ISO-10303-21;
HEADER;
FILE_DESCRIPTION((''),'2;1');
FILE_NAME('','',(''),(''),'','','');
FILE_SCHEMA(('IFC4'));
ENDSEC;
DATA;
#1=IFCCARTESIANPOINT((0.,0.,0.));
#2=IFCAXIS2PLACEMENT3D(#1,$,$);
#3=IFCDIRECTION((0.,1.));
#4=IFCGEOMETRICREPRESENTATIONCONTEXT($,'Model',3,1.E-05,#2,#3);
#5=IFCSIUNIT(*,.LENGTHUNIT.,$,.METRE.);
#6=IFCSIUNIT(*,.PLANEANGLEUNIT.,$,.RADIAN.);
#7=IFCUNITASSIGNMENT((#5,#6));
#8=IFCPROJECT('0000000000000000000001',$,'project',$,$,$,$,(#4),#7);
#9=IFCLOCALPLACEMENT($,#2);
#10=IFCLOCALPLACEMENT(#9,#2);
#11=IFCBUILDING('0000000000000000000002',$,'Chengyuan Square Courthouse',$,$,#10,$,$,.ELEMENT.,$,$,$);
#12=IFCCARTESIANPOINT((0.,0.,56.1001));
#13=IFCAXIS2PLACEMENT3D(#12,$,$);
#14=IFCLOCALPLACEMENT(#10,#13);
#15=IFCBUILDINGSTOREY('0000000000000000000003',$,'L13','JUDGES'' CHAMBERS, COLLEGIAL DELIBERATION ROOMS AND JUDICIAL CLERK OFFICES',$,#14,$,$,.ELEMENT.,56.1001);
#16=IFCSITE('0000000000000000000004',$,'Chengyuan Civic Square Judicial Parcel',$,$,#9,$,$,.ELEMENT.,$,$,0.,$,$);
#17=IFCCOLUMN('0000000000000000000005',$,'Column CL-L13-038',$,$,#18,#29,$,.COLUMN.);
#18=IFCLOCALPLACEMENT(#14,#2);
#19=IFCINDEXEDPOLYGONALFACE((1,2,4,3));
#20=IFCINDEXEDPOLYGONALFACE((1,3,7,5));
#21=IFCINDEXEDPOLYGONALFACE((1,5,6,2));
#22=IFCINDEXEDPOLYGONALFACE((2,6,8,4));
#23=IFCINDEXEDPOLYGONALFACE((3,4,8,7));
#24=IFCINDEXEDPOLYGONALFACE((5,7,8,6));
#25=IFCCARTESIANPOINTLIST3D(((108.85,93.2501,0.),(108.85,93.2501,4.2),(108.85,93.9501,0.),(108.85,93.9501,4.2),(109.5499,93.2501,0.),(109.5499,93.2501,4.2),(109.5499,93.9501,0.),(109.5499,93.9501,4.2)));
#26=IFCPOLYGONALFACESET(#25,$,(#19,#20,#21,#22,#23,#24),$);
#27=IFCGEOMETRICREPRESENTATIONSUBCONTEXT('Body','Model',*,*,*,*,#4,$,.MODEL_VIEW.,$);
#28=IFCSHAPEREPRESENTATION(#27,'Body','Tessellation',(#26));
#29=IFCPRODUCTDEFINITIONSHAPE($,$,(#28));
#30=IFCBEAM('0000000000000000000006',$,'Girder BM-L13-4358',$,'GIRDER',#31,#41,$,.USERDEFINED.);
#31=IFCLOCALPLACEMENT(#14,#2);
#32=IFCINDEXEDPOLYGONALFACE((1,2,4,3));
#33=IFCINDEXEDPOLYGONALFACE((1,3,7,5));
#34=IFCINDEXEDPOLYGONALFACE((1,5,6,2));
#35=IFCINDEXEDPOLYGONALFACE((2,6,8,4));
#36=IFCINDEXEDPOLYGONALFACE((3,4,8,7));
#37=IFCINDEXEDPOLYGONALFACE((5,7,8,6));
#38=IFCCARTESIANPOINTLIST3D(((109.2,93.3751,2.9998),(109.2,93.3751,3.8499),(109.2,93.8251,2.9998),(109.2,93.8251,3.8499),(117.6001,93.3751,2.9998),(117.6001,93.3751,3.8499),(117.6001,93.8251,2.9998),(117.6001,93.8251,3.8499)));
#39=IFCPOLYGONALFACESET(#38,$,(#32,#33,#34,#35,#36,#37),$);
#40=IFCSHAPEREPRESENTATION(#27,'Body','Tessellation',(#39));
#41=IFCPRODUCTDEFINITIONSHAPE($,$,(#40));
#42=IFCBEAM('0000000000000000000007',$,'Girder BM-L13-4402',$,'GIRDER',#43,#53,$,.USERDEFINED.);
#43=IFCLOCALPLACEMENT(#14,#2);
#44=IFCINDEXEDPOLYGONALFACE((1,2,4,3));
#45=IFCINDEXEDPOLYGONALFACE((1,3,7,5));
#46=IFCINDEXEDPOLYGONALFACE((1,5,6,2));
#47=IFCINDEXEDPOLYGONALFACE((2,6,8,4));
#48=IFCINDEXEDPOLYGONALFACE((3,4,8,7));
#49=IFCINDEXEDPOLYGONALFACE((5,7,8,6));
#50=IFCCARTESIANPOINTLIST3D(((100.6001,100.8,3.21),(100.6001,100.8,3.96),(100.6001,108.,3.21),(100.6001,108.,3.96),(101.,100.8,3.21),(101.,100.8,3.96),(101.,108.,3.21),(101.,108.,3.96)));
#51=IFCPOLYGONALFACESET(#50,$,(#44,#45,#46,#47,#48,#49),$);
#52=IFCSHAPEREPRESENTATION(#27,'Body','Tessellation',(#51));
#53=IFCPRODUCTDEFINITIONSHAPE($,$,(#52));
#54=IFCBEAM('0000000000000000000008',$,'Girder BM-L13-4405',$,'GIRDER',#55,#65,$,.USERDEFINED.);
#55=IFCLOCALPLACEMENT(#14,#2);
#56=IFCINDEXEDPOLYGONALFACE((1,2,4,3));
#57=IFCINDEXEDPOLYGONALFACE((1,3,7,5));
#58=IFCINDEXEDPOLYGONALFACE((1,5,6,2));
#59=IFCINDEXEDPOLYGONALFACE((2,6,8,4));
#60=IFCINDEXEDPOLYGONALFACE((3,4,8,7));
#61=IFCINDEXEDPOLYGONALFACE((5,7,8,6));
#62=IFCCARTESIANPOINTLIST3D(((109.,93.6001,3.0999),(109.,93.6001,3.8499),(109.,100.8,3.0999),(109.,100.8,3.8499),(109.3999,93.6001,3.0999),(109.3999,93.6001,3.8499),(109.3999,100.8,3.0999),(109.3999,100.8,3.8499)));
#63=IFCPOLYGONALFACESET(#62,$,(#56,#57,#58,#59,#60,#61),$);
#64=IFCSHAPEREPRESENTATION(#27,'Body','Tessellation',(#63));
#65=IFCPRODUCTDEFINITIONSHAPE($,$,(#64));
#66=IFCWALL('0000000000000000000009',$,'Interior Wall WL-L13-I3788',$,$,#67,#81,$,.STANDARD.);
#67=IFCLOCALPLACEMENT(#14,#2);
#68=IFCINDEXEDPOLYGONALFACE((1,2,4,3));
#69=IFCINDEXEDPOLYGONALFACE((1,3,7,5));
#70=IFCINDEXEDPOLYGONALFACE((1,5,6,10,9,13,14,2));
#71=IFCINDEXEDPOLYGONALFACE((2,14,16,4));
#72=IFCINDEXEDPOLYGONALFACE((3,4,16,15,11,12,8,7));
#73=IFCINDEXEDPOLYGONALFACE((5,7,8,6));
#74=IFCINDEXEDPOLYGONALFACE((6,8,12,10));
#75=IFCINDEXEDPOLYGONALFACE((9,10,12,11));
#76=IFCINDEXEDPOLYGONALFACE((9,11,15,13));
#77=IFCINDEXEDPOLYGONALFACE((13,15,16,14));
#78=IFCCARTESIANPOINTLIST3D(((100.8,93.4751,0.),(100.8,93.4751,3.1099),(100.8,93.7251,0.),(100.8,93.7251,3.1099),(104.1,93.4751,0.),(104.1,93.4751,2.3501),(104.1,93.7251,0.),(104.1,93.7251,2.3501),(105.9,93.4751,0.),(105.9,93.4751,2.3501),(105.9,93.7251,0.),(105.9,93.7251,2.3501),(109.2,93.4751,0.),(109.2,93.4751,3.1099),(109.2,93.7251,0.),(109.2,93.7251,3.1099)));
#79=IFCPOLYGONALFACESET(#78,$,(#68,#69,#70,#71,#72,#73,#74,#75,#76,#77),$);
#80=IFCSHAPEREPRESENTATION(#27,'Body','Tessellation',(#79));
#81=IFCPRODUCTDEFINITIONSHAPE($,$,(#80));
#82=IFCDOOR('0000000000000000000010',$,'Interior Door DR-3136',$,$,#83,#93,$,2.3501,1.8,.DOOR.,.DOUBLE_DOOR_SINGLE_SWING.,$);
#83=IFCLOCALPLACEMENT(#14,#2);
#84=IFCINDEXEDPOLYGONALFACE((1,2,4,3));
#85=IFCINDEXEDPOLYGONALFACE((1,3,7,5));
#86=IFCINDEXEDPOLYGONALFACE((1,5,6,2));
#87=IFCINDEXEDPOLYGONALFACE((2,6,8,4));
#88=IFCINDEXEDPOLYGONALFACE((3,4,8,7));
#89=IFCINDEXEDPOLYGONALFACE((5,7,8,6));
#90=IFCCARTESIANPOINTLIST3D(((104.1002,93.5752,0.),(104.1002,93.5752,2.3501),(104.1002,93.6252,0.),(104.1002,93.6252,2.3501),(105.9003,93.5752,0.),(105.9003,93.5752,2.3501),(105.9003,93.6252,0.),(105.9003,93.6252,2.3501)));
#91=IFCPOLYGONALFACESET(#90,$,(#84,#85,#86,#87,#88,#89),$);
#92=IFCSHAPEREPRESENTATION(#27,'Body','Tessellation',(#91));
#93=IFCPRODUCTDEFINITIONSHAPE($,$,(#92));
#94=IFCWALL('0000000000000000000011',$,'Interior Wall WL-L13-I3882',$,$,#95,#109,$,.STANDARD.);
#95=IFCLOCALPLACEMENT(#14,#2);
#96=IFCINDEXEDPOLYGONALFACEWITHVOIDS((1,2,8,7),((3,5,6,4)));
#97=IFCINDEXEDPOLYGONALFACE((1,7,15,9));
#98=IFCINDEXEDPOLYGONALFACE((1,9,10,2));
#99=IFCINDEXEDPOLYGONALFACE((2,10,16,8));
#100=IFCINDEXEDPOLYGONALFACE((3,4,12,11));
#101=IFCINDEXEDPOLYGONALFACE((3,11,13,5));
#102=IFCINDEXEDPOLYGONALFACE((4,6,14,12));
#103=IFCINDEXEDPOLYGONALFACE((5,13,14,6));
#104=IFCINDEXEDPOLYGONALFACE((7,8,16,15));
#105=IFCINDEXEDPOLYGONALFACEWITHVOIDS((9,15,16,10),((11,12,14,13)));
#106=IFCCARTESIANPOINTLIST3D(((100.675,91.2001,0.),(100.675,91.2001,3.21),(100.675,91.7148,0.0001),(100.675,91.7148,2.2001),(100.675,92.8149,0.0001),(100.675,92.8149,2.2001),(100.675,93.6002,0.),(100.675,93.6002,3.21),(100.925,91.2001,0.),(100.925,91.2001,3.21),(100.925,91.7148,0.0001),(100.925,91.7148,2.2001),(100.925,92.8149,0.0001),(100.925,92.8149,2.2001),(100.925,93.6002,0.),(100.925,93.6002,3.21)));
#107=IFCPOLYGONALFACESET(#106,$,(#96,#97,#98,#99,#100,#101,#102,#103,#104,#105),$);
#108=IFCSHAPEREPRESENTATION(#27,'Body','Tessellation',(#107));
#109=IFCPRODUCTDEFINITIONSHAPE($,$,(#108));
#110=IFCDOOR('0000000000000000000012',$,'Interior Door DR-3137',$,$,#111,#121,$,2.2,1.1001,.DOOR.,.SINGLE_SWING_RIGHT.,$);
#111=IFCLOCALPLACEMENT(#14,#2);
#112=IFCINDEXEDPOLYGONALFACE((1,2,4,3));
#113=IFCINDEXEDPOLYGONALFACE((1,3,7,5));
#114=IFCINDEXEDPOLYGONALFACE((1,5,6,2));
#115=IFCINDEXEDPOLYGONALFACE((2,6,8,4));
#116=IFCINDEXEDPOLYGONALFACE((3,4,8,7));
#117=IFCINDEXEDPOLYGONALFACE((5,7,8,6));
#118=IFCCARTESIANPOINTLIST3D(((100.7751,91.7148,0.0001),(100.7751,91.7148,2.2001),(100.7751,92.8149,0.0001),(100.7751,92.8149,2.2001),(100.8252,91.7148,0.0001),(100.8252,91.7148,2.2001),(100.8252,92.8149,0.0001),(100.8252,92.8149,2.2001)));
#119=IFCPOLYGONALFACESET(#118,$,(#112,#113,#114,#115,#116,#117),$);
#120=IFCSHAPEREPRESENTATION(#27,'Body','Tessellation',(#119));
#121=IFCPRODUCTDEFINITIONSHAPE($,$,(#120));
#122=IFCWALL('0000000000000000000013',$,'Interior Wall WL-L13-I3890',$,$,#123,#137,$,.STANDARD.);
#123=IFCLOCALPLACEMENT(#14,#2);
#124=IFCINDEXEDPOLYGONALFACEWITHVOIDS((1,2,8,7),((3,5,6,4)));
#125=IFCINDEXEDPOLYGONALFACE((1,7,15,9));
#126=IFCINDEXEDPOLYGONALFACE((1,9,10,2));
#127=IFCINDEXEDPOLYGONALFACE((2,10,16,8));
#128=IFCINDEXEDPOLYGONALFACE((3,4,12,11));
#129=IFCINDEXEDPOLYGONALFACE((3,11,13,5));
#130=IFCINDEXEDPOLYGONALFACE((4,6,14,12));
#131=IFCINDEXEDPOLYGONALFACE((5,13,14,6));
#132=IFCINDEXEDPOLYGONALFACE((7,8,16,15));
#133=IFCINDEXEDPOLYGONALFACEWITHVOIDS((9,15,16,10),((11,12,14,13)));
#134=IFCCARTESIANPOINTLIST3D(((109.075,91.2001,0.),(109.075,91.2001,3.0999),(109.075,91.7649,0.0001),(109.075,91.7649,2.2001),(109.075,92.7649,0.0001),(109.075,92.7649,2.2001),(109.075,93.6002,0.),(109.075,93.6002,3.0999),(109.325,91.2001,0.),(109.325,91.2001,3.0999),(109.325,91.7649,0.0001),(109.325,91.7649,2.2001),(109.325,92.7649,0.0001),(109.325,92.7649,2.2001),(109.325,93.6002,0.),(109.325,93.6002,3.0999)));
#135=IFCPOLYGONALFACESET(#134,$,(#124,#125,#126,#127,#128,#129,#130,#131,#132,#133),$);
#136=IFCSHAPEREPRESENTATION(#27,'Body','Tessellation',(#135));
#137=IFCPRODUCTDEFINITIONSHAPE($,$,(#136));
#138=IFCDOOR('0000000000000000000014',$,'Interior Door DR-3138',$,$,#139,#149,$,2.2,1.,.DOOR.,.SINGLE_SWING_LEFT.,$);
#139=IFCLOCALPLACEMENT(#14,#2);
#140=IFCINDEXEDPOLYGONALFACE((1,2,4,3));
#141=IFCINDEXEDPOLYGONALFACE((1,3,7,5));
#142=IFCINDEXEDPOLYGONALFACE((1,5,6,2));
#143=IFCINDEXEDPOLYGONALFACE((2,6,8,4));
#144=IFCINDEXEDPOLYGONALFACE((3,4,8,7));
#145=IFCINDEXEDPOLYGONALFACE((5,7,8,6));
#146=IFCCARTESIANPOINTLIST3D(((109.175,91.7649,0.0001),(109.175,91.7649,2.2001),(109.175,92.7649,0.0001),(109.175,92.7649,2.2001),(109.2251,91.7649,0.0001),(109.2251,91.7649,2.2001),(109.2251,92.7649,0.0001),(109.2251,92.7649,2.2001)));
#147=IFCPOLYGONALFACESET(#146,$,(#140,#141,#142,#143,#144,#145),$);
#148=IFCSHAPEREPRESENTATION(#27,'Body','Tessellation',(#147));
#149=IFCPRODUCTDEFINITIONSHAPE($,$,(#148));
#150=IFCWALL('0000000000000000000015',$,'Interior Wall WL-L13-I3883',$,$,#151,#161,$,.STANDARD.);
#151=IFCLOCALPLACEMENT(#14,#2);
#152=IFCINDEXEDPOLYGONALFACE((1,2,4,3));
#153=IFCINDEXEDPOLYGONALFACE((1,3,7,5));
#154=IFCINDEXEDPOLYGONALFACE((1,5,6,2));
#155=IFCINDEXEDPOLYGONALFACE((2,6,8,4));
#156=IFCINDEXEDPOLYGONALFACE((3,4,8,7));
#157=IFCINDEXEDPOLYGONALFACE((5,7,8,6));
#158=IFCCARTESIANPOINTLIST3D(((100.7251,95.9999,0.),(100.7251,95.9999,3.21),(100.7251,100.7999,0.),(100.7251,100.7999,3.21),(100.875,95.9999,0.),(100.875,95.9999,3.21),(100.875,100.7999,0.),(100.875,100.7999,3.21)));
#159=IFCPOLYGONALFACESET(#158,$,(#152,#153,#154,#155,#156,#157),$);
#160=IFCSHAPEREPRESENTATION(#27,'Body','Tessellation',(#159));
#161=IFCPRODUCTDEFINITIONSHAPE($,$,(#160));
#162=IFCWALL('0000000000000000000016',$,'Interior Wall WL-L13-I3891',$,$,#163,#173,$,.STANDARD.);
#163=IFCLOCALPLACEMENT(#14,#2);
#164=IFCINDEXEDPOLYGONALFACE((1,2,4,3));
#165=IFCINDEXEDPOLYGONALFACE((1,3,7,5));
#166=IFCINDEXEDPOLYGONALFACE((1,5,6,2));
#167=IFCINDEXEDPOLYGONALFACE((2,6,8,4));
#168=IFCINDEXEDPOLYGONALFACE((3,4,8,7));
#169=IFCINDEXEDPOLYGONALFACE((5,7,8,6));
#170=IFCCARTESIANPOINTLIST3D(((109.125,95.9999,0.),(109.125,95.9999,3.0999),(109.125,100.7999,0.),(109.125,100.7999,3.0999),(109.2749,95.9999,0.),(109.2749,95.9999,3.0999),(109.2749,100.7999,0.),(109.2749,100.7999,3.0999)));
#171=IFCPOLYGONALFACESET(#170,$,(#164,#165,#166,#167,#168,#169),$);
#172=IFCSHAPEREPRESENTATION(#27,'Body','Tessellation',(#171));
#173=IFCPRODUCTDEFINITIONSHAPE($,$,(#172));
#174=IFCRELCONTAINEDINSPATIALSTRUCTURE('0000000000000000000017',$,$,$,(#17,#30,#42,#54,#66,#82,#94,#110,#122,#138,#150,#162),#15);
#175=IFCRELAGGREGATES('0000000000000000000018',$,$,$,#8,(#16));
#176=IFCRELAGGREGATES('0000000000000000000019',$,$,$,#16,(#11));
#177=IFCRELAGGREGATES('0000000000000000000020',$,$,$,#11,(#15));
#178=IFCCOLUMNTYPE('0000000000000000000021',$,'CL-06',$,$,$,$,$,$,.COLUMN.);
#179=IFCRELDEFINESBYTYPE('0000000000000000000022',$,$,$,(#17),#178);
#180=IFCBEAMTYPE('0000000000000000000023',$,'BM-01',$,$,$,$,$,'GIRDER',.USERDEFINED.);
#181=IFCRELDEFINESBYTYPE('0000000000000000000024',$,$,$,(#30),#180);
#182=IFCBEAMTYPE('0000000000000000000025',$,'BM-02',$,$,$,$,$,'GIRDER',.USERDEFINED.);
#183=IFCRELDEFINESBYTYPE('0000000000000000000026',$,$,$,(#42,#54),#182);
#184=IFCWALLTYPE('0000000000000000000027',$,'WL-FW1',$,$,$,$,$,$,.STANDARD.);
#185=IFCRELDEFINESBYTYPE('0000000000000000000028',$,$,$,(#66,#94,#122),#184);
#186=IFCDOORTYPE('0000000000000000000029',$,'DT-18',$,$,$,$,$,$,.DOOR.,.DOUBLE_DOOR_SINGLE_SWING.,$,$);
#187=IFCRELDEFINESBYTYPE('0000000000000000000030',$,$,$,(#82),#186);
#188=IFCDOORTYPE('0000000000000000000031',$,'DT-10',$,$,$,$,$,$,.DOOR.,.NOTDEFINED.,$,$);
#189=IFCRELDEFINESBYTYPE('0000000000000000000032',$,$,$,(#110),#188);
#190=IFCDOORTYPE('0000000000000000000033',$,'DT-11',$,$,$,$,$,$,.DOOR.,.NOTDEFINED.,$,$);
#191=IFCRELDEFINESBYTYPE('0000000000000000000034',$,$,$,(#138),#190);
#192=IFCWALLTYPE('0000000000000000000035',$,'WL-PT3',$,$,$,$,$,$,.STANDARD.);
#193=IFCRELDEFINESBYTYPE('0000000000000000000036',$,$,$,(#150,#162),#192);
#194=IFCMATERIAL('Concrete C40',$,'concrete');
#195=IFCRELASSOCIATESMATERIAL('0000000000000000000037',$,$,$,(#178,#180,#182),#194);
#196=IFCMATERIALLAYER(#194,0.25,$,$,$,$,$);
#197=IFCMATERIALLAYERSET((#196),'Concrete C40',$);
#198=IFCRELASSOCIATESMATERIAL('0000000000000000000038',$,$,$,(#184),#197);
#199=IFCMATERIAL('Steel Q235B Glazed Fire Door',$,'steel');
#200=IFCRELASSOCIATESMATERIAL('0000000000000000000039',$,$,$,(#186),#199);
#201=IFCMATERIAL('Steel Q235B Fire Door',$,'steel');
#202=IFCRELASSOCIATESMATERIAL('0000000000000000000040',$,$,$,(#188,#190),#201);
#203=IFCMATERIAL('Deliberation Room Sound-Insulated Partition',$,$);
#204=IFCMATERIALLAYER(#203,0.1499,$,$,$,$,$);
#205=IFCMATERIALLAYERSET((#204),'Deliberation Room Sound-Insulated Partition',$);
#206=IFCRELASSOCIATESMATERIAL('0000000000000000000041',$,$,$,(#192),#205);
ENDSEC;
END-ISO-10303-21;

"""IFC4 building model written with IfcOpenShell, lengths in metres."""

from ifc_helpers import new_model, si_unit, direction, frame, frame_2d, origin, origin_2d, place, context, subcontext, project, spatial, rectangle, extrude, material, layer, layer_set, material_profile, profile_set, type_object, element, fill, save


model = new_model("IFC4")

# Units and contexts
model_context = context("Model", 3, precision=1e-05, world=origin(), true_north=direction((0.0, 1.0)))
body_context = subcontext(model_context, "Body", "Model", "MODEL_VIEW")
ifc_project = project(units=[si_unit("LENGTHUNIT", "METRE"), si_unit("PLANEANGLEUNIT", "RADIAN")], contexts=[model_context])

# Site, building, storey
site_placement = place(None, origin())
site = spatial("IfcSite", under=ifc_project, at=site_placement, Name="Chengyuan Civic Square Judicial Parcel", CompositionType="ELEMENT", RefElevation=0.0)
building_placement = place(site_placement, origin())
building = spatial("IfcBuilding", under=site, at=building_placement, Name="Chengyuan Square Courthouse", CompositionType="ELEMENT")
storey_placement = place(building_placement, frame((0.0, 0.0, 56.1001)))
storey = spatial("IfcBuildingStorey", under=building, at=storey_placement, Name="L13", Description="JUDGES' CHAMBERS, COLLEGIAL DELIBERATION ROOMS AND JUDICIAL CLERK OFFICES", CompositionType="ELEMENT", Elevation=56.1001)

# Column
ifc_material_1 = material(Name="Concrete C40", Category="concrete")
ifc_material_profile_1 = material_profile(ifc_material_1, rectangle(XDim=0.7, YDim=0.7, at=origin_2d()), Name="RC-COL-700x700")
ifc_profile_set_1 = profile_set([ifc_material_profile_1], Name="Concrete C40")
column_type = type_object("IfcColumnType", Name="CL-06", PredefinedType="COLUMN", material=ifc_profile_set_1)
column_placement = place(storey_placement, frame((109.2, 93.6001, 0.0), z_axis=(0.0, 0.0, 1.0), x_axis=(1.0, 0.0, 0.0)))
element("IfcColumn", 1, at=column_placement, inside=storey, type_object=column_type, Name="Column CL-L13-038", PredefinedType="COLUMN", context=body_context, shape_type="SweptSolid", body=[
    extrude(rectangle(XDim=0.7, YDim=0.7, at=origin_2d()), origin(), (0.0, 0.0, 1.0), 4.2),
])

# Beams
ifc_material_profile_2 = material_profile(ifc_material_1, rectangle(XDim=0.45, YDim=0.8501, at=origin_2d()), Name="RC-BM-450x850")
ifc_profile_set_2 = profile_set([ifc_material_profile_2], Name="Concrete C40")
beam_type_1 = type_object("IfcBeamType", Name="BM-01", ElementType="GIRDER", PredefinedType="USERDEFINED", material=ifc_profile_set_2)
beam_placement = place(storey_placement, frame((109.2, 93.6001, 3.4248), z_axis=(1.0, 0.0, 0.0), x_axis=(0.0, 1.0, 0.0)))
element("IfcBeam", 2, at=beam_placement, inside=storey, type_object=beam_type_1, Name="Girder BM-L13-4358", ObjectType="GIRDER", PredefinedType="USERDEFINED", context=body_context, shape_type="SweptSolid", body=[
    extrude(rectangle(XDim=0.45, YDim=0.8501, at=origin_2d()), origin(), (0.0, 0.0, 1.0), 8.4001),
])
ifc_material_profile_3 = material_profile(ifc_material_1, rectangle(XDim=0.3999, YDim=0.75, at=origin_2d()), Name="RC-BM-400x750")
ifc_profile_set_3 = profile_set([ifc_material_profile_3], Name="Concrete C40")
beam_type_2 = type_object("IfcBeamType", Name="BM-02", ElementType="GIRDER", PredefinedType="USERDEFINED", material=ifc_profile_set_3)
for number, where, z_axis, x_axis, name in (
    (3, (100.8, 100.8, 3.585), (0.0, 1.0, 0.0), (-1.0, 0.0, 0.0), "Girder BM-L13-4402"),
    (4, (109.2, 93.6001, 3.4749), (0.0, 1.0, 0.0), (-1.0, 0.0, 0.0), "Girder BM-L13-4405"),
):
    element("IfcBeam", number, at=place(storey_placement, frame(where, z_axis=z_axis, x_axis=x_axis)), inside=storey, type_object=beam_type_2, Name=name, ObjectType="GIRDER", PredefinedType="USERDEFINED", context=body_context, shape_type="SweptSolid", body=[
        extrude(rectangle(XDim=0.3999, YDim=0.75, at=origin_2d()), origin(), (0.0, 0.0, 1.0), 7.2),
    ])

# Walls, openings, doors
ifc_layer_1 = layer(ifc_material_1, 0.25)
ifc_layer_set_1 = layer_set([ifc_layer_1], Name="Concrete C40")
wall_type_1 = type_object("IfcWallType", Name="WL-FW1", PredefinedType="STANDARD", material=ifc_layer_set_1)
wall_1_placement = place(storey_placement, frame((100.8, 93.6001, 0.0), z_axis=(0.0, 0.0, 1.0), x_axis=(1.0, 0.0, 0.0)))
wall_1 = element("IfcWall", 5, at=wall_1_placement, inside=storey, type_object=wall_type_1, Name="Interior Wall WL-L13-I3788", PredefinedType="STANDARD", context=body_context, shape_type="SweptSolid", body=[
    extrude(rectangle(XDim=8.3999, YDim=0.25, at=frame_2d((4.2, 0.0))), origin(), (0.0, 0.0, 1.0), 3.1099),
])
opening_1_placement = place(wall_1_placement, frame((3.3, 0.0, 0.0)))
opening_1 = element("IfcOpeningElement", 6, at=opening_1_placement, cuts=wall_1, PredefinedType="OPENING", context=body_context, shape_type="SweptSolid", body=[
    extrude(rectangle(XDim=1.8, YDim=2.3501, at=frame_2d((0.8999, 1.175))), frame((0.0, 0.137, 0.0), z_axis=(0.0, -1.0, 0.0), x_axis=(1.0, 0.0, 0.0)), (0.0, 0.0, 1.0), 0.2739),
])
ifc_material_2 = material(Name="Steel Q235B Glazed Fire Door", Category="steel")
door_type_1 = type_object("IfcDoorType", Name="DT-18", OperationType="DOUBLE_DOOR_SINGLE_SWING", PredefinedType="DOOR", material=ifc_material_2)
door_1_placement = place(opening_1_placement, frame((1.8, 0.0, 0.0), z_axis=(0.0, 0.0, 1.0), x_axis=(-1.0, 0.0, 0.0)))
door_1 = element("IfcDoor", 7, at=door_1_placement, inside=storey, type_object=door_type_1, Name="Interior Door DR-3136", OperationType="DOUBLE_DOOR_SINGLE_SWING", OverallHeight=2.3501, OverallWidth=1.8, PredefinedType="DOOR", context=body_context, shape_type="SweptSolid", body=[
    extrude(rectangle(XDim=1.8, YDim=2.3501, at=frame_2d((0.8999, 1.175))), frame((0.0, 0.0249, 0.0), z_axis=(0.0, -1.0, 0.0), x_axis=(1.0, 0.0, 0.0)), (0.0, 0.0, 1.0), 0.05),
])
fill(opening_1, door_1)
wall_2_placement = place(storey_placement, frame((100.8, 91.2, 0.0), z_axis=(0.0, 0.0, 1.0), x_axis=(0.0, 1.0, 0.0)))
wall_2 = element("IfcWall", 8, at=wall_2_placement, inside=storey, type_object=wall_type_1, Name="Interior Wall WL-L13-I3882", PredefinedType="STANDARD", context=body_context, shape_type="SweptSolid", body=[
    extrude(rectangle(XDim=2.4001, YDim=0.25, at=frame_2d((1.2002, 0.0))), origin(), (0.0, 0.0, 1.0), 3.21),
])
opening_2_placement = place(wall_2_placement, frame((0.5149, 0.0, 0.0)))
opening_2 = element("IfcOpeningElement", 9, at=opening_2_placement, cuts=wall_2, PredefinedType="OPENING", context=body_context, shape_type="SweptSolid", body=[
    extrude(rectangle(XDim=1.1001, YDim=2.2, at=frame_2d((0.55, 1.1001))), frame((0.0, 0.137, 0.0), z_axis=(0.0, -1.0, 0.0), x_axis=(1.0, 0.0, 0.0)), (0.0, 0.0, 1.0), 0.2739),
])
ifc_material_3 = material(Name="Steel Q235B Fire Door", Category="steel")
door_type_2 = type_object("IfcDoorType", Name="DT-10", OperationType="NOTDEFINED", PredefinedType="DOOR", material=ifc_material_3)
door_2_placement = place(opening_2_placement, origin())
door_2 = element("IfcDoor", 10, at=door_2_placement, inside=storey, type_object=door_type_2, Name="Interior Door DR-3137", OperationType="SINGLE_SWING_RIGHT", OverallHeight=2.2, OverallWidth=1.1001, PredefinedType="DOOR", context=body_context, shape_type="SweptSolid", body=[
    extrude(rectangle(XDim=1.1001, YDim=2.2, at=frame_2d((0.55, 1.1001))), frame((0.0, 0.0249, 0.0), z_axis=(0.0, -1.0, 0.0), x_axis=(1.0, 0.0, 0.0)), (0.0, 0.0, 1.0), 0.05),
])
fill(opening_2, door_2)
wall_3_placement = place(storey_placement, frame((109.2, 91.2, 0.0), z_axis=(0.0, 0.0, 1.0), x_axis=(0.0, 1.0, 0.0)))
wall_3 = element("IfcWall", 11, at=wall_3_placement, inside=storey, type_object=wall_type_1, Name="Interior Wall WL-L13-I3890", PredefinedType="STANDARD", context=body_context, shape_type="SweptSolid", body=[
    extrude(rectangle(XDim=2.4001, YDim=0.25, at=frame_2d((1.2002, 0.0))), origin(), (0.0, 0.0, 1.0), 3.0999),
])
opening_3_placement = place(wall_3_placement, frame((0.5649, 0.0, 0.0)))
opening_3 = element("IfcOpeningElement", 12, at=opening_3_placement, cuts=wall_3, PredefinedType="OPENING", context=body_context, shape_type="SweptSolid", body=[
    extrude(rectangle(XDim=1.0, YDim=2.2, at=frame_2d((0.5, 1.1001))), frame((0.0, 0.137, 0.0), z_axis=(0.0, -1.0, 0.0), x_axis=(1.0, 0.0, 0.0)), (0.0, 0.0, 1.0), 0.2739),
])
door_type_3 = type_object("IfcDoorType", Name="DT-11", OperationType="NOTDEFINED", PredefinedType="DOOR", material=ifc_material_3)
door_3_placement = place(opening_3_placement, origin())
door_3 = element("IfcDoor", 13, at=door_3_placement, inside=storey, type_object=door_type_3, Name="Interior Door DR-3138", OperationType="SINGLE_SWING_LEFT", OverallHeight=2.2, OverallWidth=1.0, PredefinedType="DOOR", context=body_context, shape_type="SweptSolid", body=[
    extrude(rectangle(XDim=1.0, YDim=2.2, at=frame_2d((0.5, 1.1001))), frame((0.0, 0.0249, 0.0), z_axis=(0.0, -1.0, 0.0), x_axis=(1.0, 0.0, 0.0)), (0.0, 0.0, 1.0), 0.05),
])
fill(opening_3, door_3)

# Walls
ifc_material_4 = material(Name="Deliberation Room Sound-Insulated Partition")
ifc_layer_2 = layer(ifc_material_4, 0.1499)
ifc_layer_set_2 = layer_set([ifc_layer_2], Name="Deliberation Room Sound-Insulated Partition")
wall_type_2 = type_object("IfcWallType", Name="WL-PT3", PredefinedType="STANDARD", material=ifc_layer_set_2)
wall_4_placement = place(storey_placement, frame((100.8, 96.0, 0.0), z_axis=(0.0, 0.0, 1.0), x_axis=(0.0, 1.0, 0.0)))
element("IfcWall", 14, at=wall_4_placement, inside=storey, type_object=wall_type_2, Name="Interior Wall WL-L13-I3883", PredefinedType="STANDARD", context=body_context, shape_type="SweptSolid", body=[
    extrude(rectangle(XDim=4.8, YDim=0.1499, at=frame_2d((2.3999, 0.0))), origin(), (0.0, 0.0, 1.0), 3.21),
])
wall_5_placement = place(storey_placement, frame((109.2, 96.0, 0.0), z_axis=(0.0, 0.0, 1.0), x_axis=(0.0, 1.0, 0.0)))
element("IfcWall", 15, at=wall_5_placement, inside=storey, type_object=wall_type_2, Name="Interior Wall WL-L13-I3891", PredefinedType="STANDARD", context=body_context, shape_type="SweptSolid", body=[
    extrude(rectangle(XDim=4.8, YDim=0.1499, at=frame_2d((2.3999, 0.0))), origin(), (0.0, 0.0, 1.0), 3.0999),
])

save(model, "model.ifc")
